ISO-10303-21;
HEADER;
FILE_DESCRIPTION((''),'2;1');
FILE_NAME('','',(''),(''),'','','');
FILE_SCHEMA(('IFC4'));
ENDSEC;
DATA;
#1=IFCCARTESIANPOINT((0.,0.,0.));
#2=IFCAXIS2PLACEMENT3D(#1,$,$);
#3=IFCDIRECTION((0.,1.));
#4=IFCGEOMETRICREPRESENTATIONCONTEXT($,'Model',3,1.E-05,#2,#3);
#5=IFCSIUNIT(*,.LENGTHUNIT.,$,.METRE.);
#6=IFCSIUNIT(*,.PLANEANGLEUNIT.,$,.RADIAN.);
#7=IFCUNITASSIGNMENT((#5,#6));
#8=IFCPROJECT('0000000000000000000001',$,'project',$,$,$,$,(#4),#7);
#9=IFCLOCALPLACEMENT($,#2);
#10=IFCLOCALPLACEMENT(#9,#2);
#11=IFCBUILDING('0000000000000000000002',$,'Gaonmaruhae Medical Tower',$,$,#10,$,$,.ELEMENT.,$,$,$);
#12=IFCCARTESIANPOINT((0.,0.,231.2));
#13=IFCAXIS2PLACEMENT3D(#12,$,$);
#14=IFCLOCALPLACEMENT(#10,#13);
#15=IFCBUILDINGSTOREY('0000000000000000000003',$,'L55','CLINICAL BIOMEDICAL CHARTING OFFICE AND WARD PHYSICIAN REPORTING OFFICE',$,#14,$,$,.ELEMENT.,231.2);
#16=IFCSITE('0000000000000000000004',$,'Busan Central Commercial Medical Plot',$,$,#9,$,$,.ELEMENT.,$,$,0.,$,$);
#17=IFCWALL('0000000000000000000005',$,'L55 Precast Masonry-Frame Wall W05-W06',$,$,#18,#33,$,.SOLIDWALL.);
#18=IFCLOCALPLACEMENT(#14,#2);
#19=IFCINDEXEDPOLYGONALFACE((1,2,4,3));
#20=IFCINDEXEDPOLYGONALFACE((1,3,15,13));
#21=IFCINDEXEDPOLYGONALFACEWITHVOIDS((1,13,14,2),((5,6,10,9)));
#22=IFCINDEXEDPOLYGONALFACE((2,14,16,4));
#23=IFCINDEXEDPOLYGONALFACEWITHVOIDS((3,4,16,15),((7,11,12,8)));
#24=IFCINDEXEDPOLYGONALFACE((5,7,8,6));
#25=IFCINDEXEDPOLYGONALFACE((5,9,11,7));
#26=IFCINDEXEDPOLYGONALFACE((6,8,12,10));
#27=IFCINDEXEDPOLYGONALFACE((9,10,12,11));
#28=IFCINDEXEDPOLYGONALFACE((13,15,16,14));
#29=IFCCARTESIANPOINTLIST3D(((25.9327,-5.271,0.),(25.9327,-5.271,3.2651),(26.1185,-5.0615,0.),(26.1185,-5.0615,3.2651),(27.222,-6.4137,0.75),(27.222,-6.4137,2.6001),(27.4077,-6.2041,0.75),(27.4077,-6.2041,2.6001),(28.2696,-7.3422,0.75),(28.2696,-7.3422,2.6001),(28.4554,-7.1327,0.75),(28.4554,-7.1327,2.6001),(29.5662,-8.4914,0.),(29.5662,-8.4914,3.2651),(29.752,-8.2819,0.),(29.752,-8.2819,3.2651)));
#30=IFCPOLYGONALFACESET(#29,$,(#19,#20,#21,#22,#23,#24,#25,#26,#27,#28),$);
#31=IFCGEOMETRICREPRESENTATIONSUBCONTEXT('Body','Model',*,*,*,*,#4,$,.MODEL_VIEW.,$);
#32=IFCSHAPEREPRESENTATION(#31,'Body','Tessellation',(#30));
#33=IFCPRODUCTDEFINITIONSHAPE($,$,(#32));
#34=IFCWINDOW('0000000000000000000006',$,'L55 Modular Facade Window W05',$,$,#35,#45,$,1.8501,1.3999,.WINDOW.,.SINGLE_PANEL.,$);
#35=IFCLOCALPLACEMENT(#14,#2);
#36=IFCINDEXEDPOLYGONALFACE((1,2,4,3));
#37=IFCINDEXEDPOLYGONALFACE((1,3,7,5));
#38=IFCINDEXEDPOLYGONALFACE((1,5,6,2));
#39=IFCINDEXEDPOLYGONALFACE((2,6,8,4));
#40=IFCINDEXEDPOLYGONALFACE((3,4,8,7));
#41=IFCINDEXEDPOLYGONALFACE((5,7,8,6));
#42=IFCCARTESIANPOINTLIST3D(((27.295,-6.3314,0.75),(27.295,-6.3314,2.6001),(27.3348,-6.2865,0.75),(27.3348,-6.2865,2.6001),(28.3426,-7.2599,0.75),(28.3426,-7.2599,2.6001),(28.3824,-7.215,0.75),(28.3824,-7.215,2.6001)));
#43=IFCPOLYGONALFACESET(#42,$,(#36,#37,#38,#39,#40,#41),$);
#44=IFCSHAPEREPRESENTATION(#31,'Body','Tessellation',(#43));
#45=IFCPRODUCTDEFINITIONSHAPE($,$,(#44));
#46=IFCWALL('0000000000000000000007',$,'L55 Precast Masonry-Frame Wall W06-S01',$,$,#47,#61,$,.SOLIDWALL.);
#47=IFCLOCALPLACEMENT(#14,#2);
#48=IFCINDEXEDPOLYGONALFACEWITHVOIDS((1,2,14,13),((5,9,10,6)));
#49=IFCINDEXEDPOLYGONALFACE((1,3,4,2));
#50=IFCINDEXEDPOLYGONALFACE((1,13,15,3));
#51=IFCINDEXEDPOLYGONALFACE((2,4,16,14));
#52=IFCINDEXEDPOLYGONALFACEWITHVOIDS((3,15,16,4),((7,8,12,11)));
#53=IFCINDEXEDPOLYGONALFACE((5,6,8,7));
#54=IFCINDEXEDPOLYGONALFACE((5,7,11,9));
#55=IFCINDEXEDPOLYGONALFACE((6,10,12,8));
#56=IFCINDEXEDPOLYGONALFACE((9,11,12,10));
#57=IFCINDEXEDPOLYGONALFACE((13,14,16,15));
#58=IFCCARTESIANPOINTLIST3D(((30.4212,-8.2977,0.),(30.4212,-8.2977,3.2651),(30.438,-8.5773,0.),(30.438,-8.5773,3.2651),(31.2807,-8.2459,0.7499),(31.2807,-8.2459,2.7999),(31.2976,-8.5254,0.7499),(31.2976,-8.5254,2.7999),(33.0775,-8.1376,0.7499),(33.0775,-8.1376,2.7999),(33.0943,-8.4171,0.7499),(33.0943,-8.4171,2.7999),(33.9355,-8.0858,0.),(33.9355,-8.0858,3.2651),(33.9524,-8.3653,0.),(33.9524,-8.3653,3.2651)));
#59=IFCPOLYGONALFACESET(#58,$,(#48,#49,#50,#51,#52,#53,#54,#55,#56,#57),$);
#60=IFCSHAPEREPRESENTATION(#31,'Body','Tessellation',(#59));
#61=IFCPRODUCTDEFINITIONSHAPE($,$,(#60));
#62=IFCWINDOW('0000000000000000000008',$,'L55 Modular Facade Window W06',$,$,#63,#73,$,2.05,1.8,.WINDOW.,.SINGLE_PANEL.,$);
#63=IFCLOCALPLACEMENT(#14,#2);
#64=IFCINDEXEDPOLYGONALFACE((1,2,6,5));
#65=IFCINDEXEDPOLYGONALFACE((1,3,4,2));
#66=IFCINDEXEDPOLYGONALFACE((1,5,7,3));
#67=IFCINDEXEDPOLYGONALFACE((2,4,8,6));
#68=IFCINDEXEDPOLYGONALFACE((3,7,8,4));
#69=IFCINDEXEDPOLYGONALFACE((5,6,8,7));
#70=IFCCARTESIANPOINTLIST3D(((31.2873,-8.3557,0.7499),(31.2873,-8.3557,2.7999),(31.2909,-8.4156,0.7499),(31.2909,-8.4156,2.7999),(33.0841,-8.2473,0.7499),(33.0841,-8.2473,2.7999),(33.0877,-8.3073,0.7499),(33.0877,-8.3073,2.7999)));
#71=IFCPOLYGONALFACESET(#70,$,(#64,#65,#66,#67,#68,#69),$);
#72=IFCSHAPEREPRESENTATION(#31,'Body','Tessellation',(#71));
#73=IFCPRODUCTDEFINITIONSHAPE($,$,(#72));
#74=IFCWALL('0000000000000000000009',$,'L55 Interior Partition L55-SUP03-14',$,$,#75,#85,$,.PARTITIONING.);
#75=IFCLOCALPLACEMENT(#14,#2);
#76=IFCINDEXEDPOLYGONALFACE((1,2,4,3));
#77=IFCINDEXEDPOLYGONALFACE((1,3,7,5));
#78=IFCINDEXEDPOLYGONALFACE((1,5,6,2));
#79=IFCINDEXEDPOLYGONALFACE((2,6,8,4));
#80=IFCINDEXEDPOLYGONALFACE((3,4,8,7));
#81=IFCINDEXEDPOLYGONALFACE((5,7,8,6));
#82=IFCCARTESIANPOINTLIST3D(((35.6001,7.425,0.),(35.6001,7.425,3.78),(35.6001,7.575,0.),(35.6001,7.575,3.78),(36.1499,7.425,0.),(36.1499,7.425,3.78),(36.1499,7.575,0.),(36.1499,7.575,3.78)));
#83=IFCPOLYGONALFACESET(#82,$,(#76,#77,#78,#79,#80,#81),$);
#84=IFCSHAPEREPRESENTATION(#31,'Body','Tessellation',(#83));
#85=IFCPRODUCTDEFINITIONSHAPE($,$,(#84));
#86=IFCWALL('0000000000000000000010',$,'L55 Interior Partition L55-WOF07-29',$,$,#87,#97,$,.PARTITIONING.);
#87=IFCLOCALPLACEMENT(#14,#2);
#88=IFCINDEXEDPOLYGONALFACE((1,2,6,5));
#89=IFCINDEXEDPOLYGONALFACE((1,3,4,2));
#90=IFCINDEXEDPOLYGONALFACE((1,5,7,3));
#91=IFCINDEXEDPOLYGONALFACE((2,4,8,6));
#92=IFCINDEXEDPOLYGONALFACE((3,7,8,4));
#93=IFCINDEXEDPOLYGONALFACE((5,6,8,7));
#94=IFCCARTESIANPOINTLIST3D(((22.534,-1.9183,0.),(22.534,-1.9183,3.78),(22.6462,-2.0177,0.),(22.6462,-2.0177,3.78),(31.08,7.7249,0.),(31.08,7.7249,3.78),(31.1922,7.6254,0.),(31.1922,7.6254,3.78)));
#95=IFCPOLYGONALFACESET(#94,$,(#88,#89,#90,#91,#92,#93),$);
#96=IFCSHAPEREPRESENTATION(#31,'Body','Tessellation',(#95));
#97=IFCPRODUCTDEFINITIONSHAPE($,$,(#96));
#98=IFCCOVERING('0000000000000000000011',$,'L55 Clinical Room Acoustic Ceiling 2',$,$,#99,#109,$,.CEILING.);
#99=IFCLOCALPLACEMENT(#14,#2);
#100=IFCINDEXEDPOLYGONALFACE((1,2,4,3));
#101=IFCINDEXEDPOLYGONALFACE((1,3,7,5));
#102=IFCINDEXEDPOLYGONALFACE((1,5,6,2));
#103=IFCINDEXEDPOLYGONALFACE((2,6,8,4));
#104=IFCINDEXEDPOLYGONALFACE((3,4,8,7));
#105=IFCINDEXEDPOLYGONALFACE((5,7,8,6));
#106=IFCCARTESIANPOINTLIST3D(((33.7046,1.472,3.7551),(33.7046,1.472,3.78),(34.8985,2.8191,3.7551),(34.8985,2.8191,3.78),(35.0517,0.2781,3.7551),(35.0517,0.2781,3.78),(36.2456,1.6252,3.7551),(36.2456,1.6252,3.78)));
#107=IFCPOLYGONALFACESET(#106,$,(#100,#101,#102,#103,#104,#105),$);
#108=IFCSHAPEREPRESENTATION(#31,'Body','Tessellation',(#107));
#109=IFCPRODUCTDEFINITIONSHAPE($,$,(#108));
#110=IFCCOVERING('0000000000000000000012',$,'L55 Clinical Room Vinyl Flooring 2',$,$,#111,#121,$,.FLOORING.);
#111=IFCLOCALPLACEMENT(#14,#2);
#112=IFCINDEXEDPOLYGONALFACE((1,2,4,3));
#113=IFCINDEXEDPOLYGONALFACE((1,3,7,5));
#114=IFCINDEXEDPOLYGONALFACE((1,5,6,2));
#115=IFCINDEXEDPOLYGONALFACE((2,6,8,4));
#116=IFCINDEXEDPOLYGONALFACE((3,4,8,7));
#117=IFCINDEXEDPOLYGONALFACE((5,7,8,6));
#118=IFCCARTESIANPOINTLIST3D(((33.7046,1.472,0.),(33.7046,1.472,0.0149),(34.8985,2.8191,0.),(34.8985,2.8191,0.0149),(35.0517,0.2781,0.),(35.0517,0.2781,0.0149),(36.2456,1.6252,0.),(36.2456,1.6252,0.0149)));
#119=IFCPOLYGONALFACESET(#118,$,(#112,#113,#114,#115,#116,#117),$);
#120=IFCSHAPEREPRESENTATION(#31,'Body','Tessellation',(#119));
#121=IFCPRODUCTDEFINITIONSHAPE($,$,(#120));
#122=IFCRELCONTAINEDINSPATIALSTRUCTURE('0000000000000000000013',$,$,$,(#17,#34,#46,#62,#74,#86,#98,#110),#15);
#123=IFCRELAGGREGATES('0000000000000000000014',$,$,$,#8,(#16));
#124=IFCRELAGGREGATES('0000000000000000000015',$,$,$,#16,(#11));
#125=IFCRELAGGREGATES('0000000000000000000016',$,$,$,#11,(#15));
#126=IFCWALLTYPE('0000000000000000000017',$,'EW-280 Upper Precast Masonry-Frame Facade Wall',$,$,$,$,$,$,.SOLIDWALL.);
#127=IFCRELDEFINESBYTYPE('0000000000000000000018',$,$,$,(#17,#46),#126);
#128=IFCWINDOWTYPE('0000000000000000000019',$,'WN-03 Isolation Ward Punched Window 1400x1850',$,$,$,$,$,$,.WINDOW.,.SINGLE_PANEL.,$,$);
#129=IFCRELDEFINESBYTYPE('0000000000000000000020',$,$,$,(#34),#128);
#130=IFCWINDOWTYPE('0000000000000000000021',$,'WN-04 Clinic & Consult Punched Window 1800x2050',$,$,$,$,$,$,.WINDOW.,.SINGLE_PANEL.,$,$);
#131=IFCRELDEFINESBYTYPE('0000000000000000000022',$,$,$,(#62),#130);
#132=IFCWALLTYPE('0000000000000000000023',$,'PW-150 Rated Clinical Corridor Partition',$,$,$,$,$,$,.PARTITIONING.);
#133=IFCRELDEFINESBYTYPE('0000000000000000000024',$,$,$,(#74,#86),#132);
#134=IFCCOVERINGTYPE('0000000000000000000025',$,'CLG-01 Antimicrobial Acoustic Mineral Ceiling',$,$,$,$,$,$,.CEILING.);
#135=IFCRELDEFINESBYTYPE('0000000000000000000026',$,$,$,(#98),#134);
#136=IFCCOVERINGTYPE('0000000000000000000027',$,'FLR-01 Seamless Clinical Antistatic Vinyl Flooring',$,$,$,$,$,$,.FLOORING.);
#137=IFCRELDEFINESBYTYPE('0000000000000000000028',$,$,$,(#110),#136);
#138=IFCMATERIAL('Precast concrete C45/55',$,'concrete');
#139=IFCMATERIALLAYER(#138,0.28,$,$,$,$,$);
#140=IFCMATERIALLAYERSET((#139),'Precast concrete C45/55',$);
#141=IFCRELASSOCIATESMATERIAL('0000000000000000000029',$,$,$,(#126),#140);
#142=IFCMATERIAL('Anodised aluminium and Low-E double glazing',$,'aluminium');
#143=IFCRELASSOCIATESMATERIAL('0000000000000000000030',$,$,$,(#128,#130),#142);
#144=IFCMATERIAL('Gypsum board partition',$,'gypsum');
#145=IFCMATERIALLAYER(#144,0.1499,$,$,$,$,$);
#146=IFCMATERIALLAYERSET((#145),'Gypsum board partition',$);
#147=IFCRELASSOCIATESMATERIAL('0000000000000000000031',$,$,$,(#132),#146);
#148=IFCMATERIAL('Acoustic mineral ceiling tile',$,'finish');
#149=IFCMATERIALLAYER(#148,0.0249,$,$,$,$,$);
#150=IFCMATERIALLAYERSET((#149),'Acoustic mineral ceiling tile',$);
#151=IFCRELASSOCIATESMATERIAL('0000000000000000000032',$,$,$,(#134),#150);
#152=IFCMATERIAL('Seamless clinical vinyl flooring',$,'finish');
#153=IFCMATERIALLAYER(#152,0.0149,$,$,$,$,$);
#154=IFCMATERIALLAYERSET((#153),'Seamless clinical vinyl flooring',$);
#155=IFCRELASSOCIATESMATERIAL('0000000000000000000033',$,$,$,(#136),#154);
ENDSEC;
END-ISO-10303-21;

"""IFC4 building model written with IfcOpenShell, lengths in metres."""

from ifc_helpers import new_model, si_unit, direction, frame, frame_2d, origin, origin_2d, place, context, subcontext, project, spatial, rectangle, extrude, material, layer, layer_set, type_object, element, fill, save


model = new_model("IFC4")

# Units and contexts
model_context = context("Model", 3, precision=1e-05, world=origin(), true_north=direction((0.0, 1.0)))
body_context = subcontext(model_context, "Body", "Model", "MODEL_VIEW")
ifc_project = project(units=[si_unit("LENGTHUNIT", "METRE"), si_unit("PLANEANGLEUNIT", "RADIAN")], contexts=[model_context])

# Site, building, storey
site_placement = place(None, origin())
site = spatial("IfcSite", under=ifc_project, at=site_placement, Name="Busan Central Commercial Medical Plot", CompositionType="ELEMENT", RefElevation=0.0)
building_placement = place(site_placement, origin())
building = spatial("IfcBuilding", under=site, at=building_placement, Name="Gaonmaruhae Medical Tower", CompositionType="ELEMENT")
storey_placement = place(building_placement, frame((0.0, 0.0, 231.2)))
storey = spatial("IfcBuildingStorey", under=building, at=storey_placement, Name="L55", Description="CLINICAL BIOMEDICAL CHARTING OFFICE AND WARD PHYSICIAN REPORTING OFFICE", CompositionType="ELEMENT", Elevation=231.2)

# Walls, openings, windows
ifc_material_1 = material(Name="Precast concrete C45/55", Category="concrete")
ifc_layer_1 = layer(ifc_material_1, 0.28)
ifc_layer_set_1 = layer_set([ifc_layer_1], Name="Precast concrete C45/55")
wall_type_1 = type_object("IfcWallType", Name="EW-280 Upper Precast Masonry-Frame Facade Wall", PredefinedType="SOLIDWALL", material=ifc_layer_set_1)
wall_1_placement = place(storey_placement, frame((29.6592, -8.3867, 0.0), z_axis=(0.0, 0.0, 1.0), x_axis=(-0.748366, 0.663286, 0.0)))
wall_1 = element("IfcWall", 1, at=wall_1_placement, inside=storey, type_object=wall_type_1, Name="L55 Precast Masonry-Frame Wall W05-W06", PredefinedType="SOLIDWALL", context=body_context, shape_type="SweptSolid", body=[
    extrude(rectangle(XDim=4.8552, YDim=0.28, at=frame_2d((2.4277, 0.0))), origin(), (0.0, 0.0, 1.0), 3.2651),
])
opening_1_placement = place(wall_1_placement, frame((1.7327, 0.0, 0.75)))
opening_1 = element("IfcOpeningElement", 2, at=opening_1_placement, cuts=wall_1, PredefinedType="OPENING", context=body_context, shape_type="SweptSolid", body=[
    extrude(rectangle(XDim=1.3999, YDim=1.8501, at=frame_2d((0.7, 0.925))), frame((0.0, 0.1499, 0.0), z_axis=(0.0, -1.0, 0.0), x_axis=(1.0, 0.0, 0.0)), (0.0, 0.0, 1.0), 0.3),
])
ifc_material_2 = material(Name="Anodised aluminium and Low-E double glazing", Category="aluminium")
window_type_1 = type_object("IfcWindowType", Name="WN-03 Isolation Ward Punched Window 1400x1850", PartitioningType="SINGLE_PANEL", PredefinedType="WINDOW", material=ifc_material_2)
window_1_placement = place(opening_1_placement, origin())
window_1 = element("IfcWindow", 3, at=window_1_placement, inside=storey, type_object=window_type_1, Name="L55 Modular Facade Window W05", OverallHeight=1.8501, OverallWidth=1.3999, PartitioningType="SINGLE_PANEL", PredefinedType="WINDOW", context=body_context, shape_type="SweptSolid", body=[
    extrude(rectangle(XDim=1.3999, YDim=1.8501, at=frame_2d((0.7, 0.925))), frame((0.0, 0.03, 0.0), z_axis=(0.0, -1.0, 0.0), x_axis=(1.0, 0.0, 0.0)), (0.0, 0.0, 1.0), 0.0601),
])
fill(opening_1, window_1)
wall_2_placement = place(storey_placement, frame((33.9438, -8.2256, 0.0), z_axis=(0.0, 0.0, 1.0), x_axis=(-0.998187, -0.060189, 0.0)))
wall_2 = element("IfcWall", 4, at=wall_2_placement, inside=storey, type_object=wall_type_1, Name="L55 Precast Masonry-Frame Wall W06-S01", PredefinedType="SOLIDWALL", context=body_context, shape_type="SweptSolid", body=[
    extrude(rectangle(XDim=3.5208, YDim=0.28, at=frame_2d((1.7603, 0.0))), origin(), (0.0, 0.0, 1.0), 3.2651),
])
opening_2_placement = place(wall_2_placement, frame((0.8596, 0.0, 0.75)))
opening_2 = element("IfcOpeningElement", 5, at=opening_2_placement, cuts=wall_2, PredefinedType="OPENING", context=body_context, shape_type="SweptSolid", body=[
    extrude(rectangle(XDim=1.8, YDim=2.05, at=frame_2d((0.8999, 1.0249))), frame((0.0, 0.1499, 0.0), z_axis=(0.0, -1.0, 0.0), x_axis=(1.0, 0.0, 0.0)), (0.0, 0.0, 1.0), 0.3),
])
window_type_2 = type_object("IfcWindowType", Name="WN-04 Clinic & Consult Punched Window 1800x2050", PartitioningType="SINGLE_PANEL", PredefinedType="WINDOW", material=ifc_material_2)
window_2_placement = place(opening_2_placement, origin())
window_2 = element("IfcWindow", 6, at=window_2_placement, inside=storey, type_object=window_type_2, Name="L55 Modular Facade Window W06", OverallHeight=2.05, OverallWidth=1.8, PartitioningType="SINGLE_PANEL", PredefinedType="WINDOW", context=body_context, shape_type="SweptSolid", body=[
    extrude(rectangle(XDim=1.8, YDim=2.05, at=frame_2d((0.8999, 1.0249))), frame((0.0, 0.03, 0.0), z_axis=(0.0, -1.0, 0.0), x_axis=(1.0, 0.0, 0.0)), (0.0, 0.0, 1.0), 0.0601),
])
fill(opening_2, window_2)

# Walls
ifc_material_3 = material(Name="Gypsum board partition", Category="gypsum")
ifc_layer_2 = layer(ifc_material_3, 0.1499)
ifc_layer_set_2 = layer_set([ifc_layer_2], Name="Gypsum board partition")
wall_type_2 = type_object("IfcWallType", Name="PW-150 Rated Clinical Corridor Partition", PredefinedType="PARTITIONING", material=ifc_layer_set_2)
wall_3_placement = place(storey_placement, frame((35.6001, 7.5, 0.0), z_axis=(0.0, 0.0, 1.0), x_axis=(1.0, 0.0, 0.0)))
element("IfcWall", 7, at=wall_3_placement, inside=storey, type_object=wall_type_2, Name="L55 Interior Partition L55-SUP03-14", PredefinedType="PARTITIONING", context=body_context, shape_type="SweptSolid", body=[
    extrude(rectangle(XDim=0.5498, YDim=0.1499, at=frame_2d((0.2749, 0.0))), origin(), (0.0, 0.0, 1.0), 3.78),
])
wall_4_placement = place(storey_placement, frame((31.136, 7.675, 0.0), z_axis=(0.0, 0.0, 1.0), x_axis=(-0.663248, -0.7484, 0.0)))
element("IfcWall", 8, at=wall_4_placement, inside=storey, type_object=wall_type_2, Name="L55 Interior Partition L55-WOF07-29", PredefinedType="PARTITIONING", context=body_context, shape_type="SweptSolid", body=[
    extrude(rectangle(XDim=12.885, YDim=0.1499, at=frame_2d((6.4424, 0.0))), origin(), (0.0, 0.0, 1.0), 3.78),
])

# Coverings
ifc_material_4 = material(Name="Acoustic mineral ceiling tile", Category="finish")
ifc_layer_3 = layer(ifc_material_4, 0.0249)
ifc_layer_set_3 = layer_set([ifc_layer_3], Name="Acoustic mineral ceiling tile")
covering_type_1 = type_object("IfcCoveringType", Name="CLG-01 Antimicrobial Acoustic Mineral Ceiling", PredefinedType="CEILING", material=ifc_layer_set_3)
covering_1_placement = place(storey_placement, frame((34.9751, 1.5486, 3.7551), z_axis=(0.0, 0.0, 1.0), x_axis=(0.663273, 0.748377, 0.0)))
element("IfcCovering", 9, at=covering_1_placement, inside=storey, type_object=covering_type_1, Name="L55 Clinical Room Acoustic Ceiling 2", PredefinedType="CEILING", context=body_context, shape_type="SweptSolid", body=[
    extrude(rectangle(XDim=1.8, YDim=1.8, at=origin_2d()), origin(), (0.0, 0.0, 1.0), 0.0249),
])
ifc_material_5 = material(Name="Seamless clinical vinyl flooring", Category="finish")
ifc_layer_4 = layer(ifc_material_5, 0.0149)
ifc_layer_set_4 = layer_set([ifc_layer_4], Name="Seamless clinical vinyl flooring")
covering_type_2 = type_object("IfcCoveringType", Name="FLR-01 Seamless Clinical Antistatic Vinyl Flooring", PredefinedType="FLOORING", material=ifc_layer_set_4)
covering_2_placement = place(storey_placement, frame((34.9751, 1.5486, 0.0), z_axis=(0.0, 0.0, 1.0), x_axis=(0.663273, 0.748377, 0.0)))
element("IfcCovering", 10, at=covering_2_placement, inside=storey, type_object=covering_type_2, Name="L55 Clinical Room Vinyl Flooring 2", PredefinedType="FLOORING", context=body_context, shape_type="SweptSolid", body=[
    extrude(rectangle(XDim=1.8, YDim=1.8, at=origin_2d()), origin(), (0.0, 0.0, 1.0), 0.0149),
])

save(model, "model.ifc")
